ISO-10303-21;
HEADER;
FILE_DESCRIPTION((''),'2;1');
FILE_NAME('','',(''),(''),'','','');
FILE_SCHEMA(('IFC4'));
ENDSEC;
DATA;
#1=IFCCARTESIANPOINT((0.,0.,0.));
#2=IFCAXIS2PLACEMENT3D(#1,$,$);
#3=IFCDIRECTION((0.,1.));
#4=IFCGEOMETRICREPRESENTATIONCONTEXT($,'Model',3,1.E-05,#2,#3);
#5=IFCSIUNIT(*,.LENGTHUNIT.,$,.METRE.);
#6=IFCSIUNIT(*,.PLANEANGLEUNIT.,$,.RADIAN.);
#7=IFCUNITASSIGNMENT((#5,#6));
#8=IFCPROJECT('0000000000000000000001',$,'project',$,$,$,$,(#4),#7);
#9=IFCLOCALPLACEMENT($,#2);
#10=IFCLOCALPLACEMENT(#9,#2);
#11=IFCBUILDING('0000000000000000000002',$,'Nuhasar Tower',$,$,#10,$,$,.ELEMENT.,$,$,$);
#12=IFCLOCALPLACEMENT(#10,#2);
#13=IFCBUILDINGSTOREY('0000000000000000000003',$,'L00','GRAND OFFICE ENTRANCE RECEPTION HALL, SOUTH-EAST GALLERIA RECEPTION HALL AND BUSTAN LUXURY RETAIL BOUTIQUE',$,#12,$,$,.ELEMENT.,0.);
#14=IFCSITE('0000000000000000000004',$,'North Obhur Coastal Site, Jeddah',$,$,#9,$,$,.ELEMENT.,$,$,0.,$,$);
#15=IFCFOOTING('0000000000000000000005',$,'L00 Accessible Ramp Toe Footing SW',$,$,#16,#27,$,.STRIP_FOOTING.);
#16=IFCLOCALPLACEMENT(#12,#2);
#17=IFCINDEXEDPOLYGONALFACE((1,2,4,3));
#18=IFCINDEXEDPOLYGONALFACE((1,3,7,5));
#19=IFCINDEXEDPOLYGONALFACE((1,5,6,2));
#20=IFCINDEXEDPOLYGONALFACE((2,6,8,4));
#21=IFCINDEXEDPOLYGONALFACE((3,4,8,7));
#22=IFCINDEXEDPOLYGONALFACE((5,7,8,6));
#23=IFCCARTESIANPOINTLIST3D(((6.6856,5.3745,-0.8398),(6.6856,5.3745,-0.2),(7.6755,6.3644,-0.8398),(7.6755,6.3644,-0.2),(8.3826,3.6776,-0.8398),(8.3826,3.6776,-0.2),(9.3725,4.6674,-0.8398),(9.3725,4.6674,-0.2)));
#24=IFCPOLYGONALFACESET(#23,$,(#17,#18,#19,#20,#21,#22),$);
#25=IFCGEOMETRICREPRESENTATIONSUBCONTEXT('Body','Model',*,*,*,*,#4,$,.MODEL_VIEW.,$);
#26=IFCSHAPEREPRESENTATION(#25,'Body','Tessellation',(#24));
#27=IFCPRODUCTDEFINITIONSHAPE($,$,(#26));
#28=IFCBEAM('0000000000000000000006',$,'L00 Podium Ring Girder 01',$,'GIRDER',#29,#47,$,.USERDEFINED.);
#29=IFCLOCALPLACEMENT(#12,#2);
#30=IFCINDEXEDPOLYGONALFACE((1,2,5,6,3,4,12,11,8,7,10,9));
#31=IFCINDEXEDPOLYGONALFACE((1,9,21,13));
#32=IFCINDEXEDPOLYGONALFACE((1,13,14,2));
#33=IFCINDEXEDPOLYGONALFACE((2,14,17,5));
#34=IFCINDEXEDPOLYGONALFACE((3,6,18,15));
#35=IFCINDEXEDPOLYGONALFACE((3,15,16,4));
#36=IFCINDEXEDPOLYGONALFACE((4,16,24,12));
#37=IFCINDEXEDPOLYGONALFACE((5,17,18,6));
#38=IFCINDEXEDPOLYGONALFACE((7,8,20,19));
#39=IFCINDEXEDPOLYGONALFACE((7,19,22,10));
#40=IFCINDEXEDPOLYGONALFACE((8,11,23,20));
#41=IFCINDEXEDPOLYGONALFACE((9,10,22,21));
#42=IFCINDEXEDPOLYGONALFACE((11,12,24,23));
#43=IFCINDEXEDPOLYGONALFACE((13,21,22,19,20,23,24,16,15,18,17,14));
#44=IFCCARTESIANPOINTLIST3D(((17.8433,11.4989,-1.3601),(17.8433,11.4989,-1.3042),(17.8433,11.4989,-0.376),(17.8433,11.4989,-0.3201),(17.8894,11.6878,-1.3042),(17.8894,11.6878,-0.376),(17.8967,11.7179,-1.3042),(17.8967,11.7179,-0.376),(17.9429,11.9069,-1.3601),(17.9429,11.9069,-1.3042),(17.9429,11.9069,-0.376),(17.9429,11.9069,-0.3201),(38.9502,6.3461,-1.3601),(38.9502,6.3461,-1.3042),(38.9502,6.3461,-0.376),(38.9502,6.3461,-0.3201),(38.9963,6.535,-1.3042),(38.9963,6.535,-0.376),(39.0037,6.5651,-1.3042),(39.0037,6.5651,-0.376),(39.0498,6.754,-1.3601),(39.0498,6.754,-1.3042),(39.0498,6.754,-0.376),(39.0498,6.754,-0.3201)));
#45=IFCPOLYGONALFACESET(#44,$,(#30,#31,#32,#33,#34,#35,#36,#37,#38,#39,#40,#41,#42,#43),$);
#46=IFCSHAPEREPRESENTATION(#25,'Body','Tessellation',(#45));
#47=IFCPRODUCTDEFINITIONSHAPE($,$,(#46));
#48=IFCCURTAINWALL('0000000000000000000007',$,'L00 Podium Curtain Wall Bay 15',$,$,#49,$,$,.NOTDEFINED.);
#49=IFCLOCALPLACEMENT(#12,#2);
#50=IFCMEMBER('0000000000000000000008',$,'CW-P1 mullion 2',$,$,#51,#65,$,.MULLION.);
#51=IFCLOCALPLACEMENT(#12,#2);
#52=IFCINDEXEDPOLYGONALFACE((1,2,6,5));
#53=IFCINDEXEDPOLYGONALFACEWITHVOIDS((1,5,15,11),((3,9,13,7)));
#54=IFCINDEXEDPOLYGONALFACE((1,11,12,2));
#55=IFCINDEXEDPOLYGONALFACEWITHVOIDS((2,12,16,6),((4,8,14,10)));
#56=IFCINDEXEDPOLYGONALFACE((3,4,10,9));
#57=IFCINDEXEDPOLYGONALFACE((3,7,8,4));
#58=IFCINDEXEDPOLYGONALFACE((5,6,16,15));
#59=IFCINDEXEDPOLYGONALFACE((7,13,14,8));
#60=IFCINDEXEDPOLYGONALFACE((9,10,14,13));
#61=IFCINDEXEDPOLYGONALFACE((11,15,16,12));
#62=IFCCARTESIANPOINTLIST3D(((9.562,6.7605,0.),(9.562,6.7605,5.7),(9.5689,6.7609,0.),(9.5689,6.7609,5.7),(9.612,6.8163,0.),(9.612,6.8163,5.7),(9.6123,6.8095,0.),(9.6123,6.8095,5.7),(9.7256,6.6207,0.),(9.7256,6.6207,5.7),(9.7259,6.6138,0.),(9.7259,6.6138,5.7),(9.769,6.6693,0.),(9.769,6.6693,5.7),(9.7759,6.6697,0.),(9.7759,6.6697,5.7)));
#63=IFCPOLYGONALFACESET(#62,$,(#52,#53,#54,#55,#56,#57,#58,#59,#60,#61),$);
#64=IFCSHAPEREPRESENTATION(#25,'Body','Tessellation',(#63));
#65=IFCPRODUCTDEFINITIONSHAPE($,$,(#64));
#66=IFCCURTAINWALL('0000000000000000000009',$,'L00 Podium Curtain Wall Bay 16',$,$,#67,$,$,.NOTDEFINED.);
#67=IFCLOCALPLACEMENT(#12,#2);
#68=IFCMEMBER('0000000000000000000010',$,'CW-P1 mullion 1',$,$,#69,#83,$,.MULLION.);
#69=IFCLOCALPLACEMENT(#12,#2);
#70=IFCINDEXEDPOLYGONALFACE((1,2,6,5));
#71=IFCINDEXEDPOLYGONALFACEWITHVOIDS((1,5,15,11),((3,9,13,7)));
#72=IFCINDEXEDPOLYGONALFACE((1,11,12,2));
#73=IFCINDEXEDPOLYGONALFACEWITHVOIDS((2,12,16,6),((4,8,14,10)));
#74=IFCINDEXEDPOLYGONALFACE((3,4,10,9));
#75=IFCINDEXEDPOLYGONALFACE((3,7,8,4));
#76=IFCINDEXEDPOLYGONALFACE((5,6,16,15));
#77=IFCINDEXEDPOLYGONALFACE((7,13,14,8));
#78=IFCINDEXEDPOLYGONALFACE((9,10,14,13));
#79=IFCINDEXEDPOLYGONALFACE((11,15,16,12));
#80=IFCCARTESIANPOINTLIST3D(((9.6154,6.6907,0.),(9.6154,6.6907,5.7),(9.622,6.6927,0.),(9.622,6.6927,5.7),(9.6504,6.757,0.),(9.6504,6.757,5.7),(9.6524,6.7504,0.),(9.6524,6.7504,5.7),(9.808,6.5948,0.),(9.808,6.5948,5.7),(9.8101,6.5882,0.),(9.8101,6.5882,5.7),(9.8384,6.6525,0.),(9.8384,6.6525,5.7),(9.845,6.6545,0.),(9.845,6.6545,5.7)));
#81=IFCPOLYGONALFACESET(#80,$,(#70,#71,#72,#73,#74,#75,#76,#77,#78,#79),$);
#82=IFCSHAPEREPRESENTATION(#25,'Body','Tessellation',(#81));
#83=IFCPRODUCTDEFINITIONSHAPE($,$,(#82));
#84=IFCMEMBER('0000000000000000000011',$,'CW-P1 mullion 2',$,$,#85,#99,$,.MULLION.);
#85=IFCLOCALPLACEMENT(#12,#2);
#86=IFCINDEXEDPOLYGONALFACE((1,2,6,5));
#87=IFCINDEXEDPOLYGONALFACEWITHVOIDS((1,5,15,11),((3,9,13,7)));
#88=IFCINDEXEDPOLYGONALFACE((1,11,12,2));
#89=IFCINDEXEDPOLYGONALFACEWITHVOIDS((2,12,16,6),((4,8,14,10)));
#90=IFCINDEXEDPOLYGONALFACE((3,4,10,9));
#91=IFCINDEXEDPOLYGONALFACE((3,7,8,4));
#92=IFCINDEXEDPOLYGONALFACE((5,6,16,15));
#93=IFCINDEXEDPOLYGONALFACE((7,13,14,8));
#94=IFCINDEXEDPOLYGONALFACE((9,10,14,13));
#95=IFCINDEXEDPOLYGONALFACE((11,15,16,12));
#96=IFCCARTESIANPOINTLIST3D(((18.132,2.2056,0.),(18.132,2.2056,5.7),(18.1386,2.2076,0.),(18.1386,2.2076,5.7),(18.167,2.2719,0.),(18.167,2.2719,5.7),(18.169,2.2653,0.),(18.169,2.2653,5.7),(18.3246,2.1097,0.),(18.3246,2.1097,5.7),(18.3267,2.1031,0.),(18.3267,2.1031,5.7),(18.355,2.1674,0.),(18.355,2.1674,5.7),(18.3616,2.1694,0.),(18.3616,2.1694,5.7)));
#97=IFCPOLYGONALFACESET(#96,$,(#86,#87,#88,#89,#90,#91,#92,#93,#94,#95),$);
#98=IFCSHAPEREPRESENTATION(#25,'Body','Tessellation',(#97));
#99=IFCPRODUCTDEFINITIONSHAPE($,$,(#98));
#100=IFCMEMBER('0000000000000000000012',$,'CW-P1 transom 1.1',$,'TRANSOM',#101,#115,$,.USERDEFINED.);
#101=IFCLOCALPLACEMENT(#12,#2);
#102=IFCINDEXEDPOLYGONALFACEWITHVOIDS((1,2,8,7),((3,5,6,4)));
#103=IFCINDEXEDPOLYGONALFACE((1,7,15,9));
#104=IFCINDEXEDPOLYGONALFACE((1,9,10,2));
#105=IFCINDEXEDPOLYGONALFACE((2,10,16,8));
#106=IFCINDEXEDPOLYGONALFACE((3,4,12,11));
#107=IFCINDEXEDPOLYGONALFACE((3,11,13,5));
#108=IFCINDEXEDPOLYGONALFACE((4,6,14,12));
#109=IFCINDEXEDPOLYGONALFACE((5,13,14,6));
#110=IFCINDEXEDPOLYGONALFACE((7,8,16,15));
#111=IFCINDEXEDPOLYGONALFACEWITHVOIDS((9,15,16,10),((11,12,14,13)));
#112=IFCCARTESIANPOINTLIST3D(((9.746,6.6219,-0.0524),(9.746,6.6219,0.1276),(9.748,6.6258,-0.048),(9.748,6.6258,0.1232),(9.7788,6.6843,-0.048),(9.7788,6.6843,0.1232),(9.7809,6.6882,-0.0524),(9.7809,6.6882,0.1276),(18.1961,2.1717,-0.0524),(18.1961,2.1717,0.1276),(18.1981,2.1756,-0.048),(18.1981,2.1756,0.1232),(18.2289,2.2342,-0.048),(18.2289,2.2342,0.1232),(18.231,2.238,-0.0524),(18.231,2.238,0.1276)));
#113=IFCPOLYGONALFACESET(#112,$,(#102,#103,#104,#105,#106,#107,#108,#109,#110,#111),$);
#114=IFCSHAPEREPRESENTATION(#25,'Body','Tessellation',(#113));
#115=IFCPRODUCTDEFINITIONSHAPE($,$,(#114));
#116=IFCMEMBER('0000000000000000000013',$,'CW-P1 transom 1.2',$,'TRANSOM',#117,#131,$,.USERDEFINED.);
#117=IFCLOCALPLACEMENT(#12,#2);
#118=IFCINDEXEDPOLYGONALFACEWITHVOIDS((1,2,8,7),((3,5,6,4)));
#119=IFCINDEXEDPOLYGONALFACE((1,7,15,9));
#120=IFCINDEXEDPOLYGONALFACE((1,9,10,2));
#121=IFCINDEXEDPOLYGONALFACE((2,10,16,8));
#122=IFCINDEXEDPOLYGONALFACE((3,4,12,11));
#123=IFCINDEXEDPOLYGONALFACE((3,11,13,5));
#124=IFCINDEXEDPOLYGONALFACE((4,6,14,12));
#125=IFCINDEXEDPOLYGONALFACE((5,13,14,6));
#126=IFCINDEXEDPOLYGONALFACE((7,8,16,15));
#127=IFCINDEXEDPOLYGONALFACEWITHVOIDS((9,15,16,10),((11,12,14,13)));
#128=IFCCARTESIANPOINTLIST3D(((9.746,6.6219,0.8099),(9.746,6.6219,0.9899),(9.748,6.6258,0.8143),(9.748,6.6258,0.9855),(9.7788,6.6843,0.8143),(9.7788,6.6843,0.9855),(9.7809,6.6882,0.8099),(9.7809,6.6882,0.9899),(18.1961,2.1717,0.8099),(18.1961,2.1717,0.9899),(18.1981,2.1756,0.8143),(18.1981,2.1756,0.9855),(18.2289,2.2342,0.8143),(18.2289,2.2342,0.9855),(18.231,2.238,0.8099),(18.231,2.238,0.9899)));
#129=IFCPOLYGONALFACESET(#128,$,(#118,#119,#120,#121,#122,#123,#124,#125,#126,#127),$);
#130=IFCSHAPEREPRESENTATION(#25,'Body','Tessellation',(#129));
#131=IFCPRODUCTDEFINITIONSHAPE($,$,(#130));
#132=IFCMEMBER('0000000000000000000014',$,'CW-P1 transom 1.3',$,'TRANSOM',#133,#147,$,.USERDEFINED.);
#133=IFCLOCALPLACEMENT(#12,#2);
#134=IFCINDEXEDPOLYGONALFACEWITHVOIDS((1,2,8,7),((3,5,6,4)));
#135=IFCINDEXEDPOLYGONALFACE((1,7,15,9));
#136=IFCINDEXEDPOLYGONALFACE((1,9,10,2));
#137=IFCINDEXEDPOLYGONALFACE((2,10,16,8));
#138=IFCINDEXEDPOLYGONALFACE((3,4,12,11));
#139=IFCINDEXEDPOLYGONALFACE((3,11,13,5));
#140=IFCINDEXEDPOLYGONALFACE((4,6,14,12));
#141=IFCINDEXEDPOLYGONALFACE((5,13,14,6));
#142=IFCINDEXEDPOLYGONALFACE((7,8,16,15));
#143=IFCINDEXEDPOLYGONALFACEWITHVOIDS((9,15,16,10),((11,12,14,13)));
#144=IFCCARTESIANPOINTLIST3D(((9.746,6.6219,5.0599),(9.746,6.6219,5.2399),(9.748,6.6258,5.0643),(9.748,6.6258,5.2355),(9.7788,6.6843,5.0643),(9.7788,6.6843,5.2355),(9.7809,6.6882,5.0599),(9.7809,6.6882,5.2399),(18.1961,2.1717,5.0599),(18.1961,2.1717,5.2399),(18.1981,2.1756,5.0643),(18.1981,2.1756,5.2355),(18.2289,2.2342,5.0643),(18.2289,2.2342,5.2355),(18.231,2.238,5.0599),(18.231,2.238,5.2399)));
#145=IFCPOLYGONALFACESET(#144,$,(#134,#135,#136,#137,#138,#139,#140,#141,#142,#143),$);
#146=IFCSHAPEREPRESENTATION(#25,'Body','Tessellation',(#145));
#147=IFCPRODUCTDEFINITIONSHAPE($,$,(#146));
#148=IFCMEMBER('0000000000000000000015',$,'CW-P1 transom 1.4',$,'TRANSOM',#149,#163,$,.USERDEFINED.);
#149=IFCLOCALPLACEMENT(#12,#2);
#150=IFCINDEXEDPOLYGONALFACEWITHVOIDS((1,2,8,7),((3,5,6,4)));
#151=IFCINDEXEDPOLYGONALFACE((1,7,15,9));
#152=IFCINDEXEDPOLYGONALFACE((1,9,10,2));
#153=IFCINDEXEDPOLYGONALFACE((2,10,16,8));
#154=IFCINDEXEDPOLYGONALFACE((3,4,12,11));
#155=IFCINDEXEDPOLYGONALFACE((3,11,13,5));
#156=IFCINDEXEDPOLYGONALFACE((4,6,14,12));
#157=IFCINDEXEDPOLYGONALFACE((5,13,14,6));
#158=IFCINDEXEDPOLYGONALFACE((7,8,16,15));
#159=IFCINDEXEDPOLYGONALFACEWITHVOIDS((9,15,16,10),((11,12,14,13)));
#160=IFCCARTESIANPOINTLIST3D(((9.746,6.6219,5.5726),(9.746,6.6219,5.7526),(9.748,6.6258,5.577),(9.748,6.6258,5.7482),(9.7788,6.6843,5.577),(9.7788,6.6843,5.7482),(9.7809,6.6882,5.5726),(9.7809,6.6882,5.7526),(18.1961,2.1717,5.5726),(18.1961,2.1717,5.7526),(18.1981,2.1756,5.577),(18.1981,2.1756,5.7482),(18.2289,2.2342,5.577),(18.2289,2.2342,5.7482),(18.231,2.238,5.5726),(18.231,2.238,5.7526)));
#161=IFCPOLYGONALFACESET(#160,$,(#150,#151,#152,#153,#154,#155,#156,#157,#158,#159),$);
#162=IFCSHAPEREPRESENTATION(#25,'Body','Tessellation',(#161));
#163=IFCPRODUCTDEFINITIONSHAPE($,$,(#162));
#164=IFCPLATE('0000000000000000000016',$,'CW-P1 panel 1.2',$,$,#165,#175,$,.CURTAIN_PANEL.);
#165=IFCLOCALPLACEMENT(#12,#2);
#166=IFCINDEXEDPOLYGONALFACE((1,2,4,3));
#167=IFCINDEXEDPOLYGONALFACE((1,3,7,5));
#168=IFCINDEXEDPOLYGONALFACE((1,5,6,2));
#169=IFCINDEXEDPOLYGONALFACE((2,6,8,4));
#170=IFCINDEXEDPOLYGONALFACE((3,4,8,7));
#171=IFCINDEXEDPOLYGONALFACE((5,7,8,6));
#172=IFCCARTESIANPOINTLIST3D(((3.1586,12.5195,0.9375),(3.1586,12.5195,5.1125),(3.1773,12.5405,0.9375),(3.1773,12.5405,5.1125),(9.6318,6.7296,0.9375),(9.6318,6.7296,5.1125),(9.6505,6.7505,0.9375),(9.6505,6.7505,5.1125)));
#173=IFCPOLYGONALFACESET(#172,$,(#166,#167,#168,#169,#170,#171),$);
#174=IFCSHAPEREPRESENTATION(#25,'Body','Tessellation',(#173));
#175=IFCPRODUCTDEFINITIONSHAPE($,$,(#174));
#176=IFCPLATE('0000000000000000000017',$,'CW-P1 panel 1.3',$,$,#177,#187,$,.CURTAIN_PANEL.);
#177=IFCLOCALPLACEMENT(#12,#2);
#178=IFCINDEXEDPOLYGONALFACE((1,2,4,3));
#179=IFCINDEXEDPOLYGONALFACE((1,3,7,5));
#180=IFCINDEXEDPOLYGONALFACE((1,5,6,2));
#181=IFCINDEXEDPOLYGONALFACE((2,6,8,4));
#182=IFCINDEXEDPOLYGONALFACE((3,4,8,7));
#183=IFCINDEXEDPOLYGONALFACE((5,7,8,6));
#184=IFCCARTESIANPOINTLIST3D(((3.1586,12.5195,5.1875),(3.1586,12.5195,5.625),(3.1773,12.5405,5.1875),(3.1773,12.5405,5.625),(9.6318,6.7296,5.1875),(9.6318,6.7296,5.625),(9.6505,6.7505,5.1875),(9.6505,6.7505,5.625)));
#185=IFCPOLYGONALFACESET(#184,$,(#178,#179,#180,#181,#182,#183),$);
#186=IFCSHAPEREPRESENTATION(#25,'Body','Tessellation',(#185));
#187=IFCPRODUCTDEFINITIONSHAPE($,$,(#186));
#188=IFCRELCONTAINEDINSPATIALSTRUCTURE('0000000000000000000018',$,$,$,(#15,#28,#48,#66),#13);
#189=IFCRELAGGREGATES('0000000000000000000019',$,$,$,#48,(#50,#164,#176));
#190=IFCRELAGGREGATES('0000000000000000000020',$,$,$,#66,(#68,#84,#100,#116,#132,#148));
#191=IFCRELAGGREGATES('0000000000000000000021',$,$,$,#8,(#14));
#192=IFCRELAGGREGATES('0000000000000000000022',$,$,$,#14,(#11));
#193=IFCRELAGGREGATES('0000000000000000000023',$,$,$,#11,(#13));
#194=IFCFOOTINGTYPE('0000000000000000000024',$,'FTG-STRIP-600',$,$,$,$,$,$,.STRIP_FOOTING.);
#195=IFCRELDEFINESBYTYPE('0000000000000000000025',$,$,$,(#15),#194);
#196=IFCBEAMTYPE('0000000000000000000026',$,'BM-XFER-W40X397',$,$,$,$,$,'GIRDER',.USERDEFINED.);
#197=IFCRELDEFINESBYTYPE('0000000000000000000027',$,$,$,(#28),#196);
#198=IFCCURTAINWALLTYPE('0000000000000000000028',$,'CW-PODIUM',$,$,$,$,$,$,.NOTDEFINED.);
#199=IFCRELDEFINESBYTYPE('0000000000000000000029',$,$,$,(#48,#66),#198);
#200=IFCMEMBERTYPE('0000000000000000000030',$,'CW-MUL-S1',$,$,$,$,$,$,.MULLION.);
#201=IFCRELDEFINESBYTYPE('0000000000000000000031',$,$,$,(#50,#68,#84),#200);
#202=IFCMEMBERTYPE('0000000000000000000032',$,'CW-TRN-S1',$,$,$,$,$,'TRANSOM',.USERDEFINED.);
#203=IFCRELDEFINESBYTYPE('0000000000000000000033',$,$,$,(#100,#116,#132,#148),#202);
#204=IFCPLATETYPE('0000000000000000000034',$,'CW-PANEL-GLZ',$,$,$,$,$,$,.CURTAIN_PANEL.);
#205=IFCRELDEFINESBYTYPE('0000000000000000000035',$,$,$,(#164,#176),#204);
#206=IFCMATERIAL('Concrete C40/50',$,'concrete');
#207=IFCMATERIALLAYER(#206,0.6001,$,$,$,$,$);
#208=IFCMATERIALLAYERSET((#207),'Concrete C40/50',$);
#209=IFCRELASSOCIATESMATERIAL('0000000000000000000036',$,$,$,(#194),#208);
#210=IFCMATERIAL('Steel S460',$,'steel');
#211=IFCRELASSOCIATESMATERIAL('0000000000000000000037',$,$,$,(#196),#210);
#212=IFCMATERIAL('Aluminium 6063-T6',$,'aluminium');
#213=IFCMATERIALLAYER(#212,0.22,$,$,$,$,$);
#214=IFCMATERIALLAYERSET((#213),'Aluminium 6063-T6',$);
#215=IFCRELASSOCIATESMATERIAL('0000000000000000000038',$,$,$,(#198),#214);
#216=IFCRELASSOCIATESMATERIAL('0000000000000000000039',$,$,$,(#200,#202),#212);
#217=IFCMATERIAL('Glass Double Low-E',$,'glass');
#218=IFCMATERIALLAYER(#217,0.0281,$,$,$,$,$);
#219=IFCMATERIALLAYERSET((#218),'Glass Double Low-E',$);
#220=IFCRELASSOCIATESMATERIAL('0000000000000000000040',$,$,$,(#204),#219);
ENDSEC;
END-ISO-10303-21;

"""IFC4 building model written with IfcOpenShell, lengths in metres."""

from ifc_helpers import new_model, si_unit, direction, frame, origin, origin_2d, place, context, subcontext, project, spatial, rectangle, hollow_rectangle, i_section, extrude, material, layer, layer_set, material_profile, profile_set, type_object, element, aggregate, save


model = new_model("IFC4")

# Units and contexts
model_context = context("Model", 3, precision=1e-05, world=origin(), true_north=direction((0.0, 1.0)))
body_context = subcontext(model_context, "Body", "Model", "MODEL_VIEW")
ifc_project = project(units=[si_unit("LENGTHUNIT", "METRE"), si_unit("PLANEANGLEUNIT", "RADIAN")], contexts=[model_context])

# Site, building, storey
site_placement = place(None, origin())
site = spatial("IfcSite", under=ifc_project, at=site_placement, Name="North Obhur Coastal Site, Jeddah", CompositionType="ELEMENT", RefElevation=0.0)
building_placement = place(site_placement, origin())
building = spatial("IfcBuilding", under=site, at=building_placement, Name="Nuhasar Tower", CompositionType="ELEMENT")
storey_placement = place(building_placement, origin())
storey = spatial("IfcBuildingStorey", under=building, at=storey_placement, Name="L00", Description="GRAND OFFICE ENTRANCE RECEPTION HALL, SOUTH-EAST GALLERIA RECEPTION HALL AND BUSTAN LUXURY RETAIL BOUTIQUE", CompositionType="ELEMENT", Elevation=0.0)

# Footing
ifc_material_1 = material(Name="Concrete C40/50", Category="concrete")
ifc_layer_1 = layer(ifc_material_1, 0.6001)
ifc_layer_set_1 = layer_set([ifc_layer_1], Name="Concrete C40/50")
footing_type = type_object("IfcFootingType", Name="FTG-STRIP-600", PredefinedType="STRIP_FOOTING", material=ifc_layer_set_1)
footing_placement = place(storey_placement, frame((8.0291, 5.021, -0.8398), z_axis=(0.0, 0.0, 1.0), x_axis=(-0.707107, -0.707107, 0.0)))
element("IfcFooting", 1, at=footing_placement, inside=storey, type_object=footing_type, Name="L00 Accessible Ramp Toe Footing SW", PredefinedType="STRIP_FOOTING", context=body_context, shape_type="SweptSolid", body=[
    extrude(rectangle(XDim=1.3999, YDim=2.3999, at=origin_2d()), origin(), (0.0, 0.0, 1.0), 0.6399),
])

# Beam
ifc_material_2 = material(Name="Steel S460", Category="steel")
ifc_material_profile_1 = material_profile(ifc_material_2, i_section(OverallWidth=0.4199, OverallDepth=1.04, WebThickness=0.031, FlangeThickness=0.0559, at=origin_2d()), Name="W40X397")
ifc_profile_set_1 = profile_set([ifc_material_profile_1], Name="Steel S460")
beam_type = type_object("IfcBeamType", Name="BM-XFER-W40X397", ElementType="GIRDER", PredefinedType="USERDEFINED", material=ifc_profile_set_1)
beam_placement = place(storey_placement, frame((17.8931, 11.7029, -0.8401), z_axis=(0.971469, -0.237165, 0.0), x_axis=(0.237165, 0.971469, 0.0)))
element("IfcBeam", 2, at=beam_placement, inside=storey, type_object=beam_type, Name="L00 Podium Ring Girder 01", ObjectType="GIRDER", PredefinedType="USERDEFINED", context=body_context, shape_type="SweptSolid", body=[
    extrude(i_section(OverallWidth=0.4199, OverallDepth=1.04, WebThickness=0.031, FlangeThickness=0.0559, at=origin_2d()), origin(), (0.0, 0.0, 1.0), 21.7268),
])

# Curtain wall, member
ifc_material_3 = material(Name="Aluminium 6063-T6", Category="aluminium")
ifc_layer_2 = layer(ifc_material_3, 0.22)
ifc_layer_set_2 = layer_set([ifc_layer_2], Name="Aluminium 6063-T6")
curtain_wall_type = type_object("IfcCurtainWallType", Name="CW-PODIUM", PredefinedType="NOTDEFINED", material=ifc_layer_set_2)
curtain_wall_1_placement = place(storey_placement, origin())
curtain_wall_1 = element("IfcCurtainWall", 3, at=curtain_wall_1_placement, inside=storey, type_object=curtain_wall_type, Name="L00 Podium Curtain Wall Bay 15", PredefinedType="NOTDEFINED")
ifc_material_profile_2 = material_profile(ifc_material_3, hollow_rectangle(XDim=0.075, YDim=0.22, WallThickness=0.0049, at=origin_2d()), Name="CWM-1")
ifc_profile_set_2 = profile_set([ifc_material_profile_2], Name="Aluminium 6063-T6")
member_type_1 = type_object("IfcMemberType", Name="CW-MUL-S1", PredefinedType="MULLION", material=ifc_profile_set_2)
member_1_placement = place(storey_placement, frame((9.6689, 6.7151, 0.0), z_axis=(0.0, 0.0, 1.0), x_axis=(0.666679, 0.745345, 0.0)))
member_1 = element("IfcMember", 4, at=member_1_placement, type_object=member_type_1, Name="CW-P1 mullion 2", PredefinedType="MULLION", context=body_context, shape_type="SweptSolid", body=[
    extrude(hollow_rectangle(XDim=0.075, YDim=0.22, WallThickness=0.0049, at=origin_2d()), origin(), (0.0, 0.0, 1.0), 5.7),
])

# Curtain wall, members
curtain_wall_2_placement = place(storey_placement, origin())
curtain_wall_2 = element("IfcCurtainWall", 5, at=curtain_wall_2_placement, inside=storey, type_object=curtain_wall_type, Name="L00 Podium Curtain Wall Bay 16", PredefinedType="NOTDEFINED")
member_2_placement = place(storey_placement, frame((9.7302, 6.6726, 0.0), z_axis=(0.0, 0.0, 1.0), x_axis=(0.465959, 0.884806, 0.0)))
member_2 = element("IfcMember", 6, at=member_2_placement, type_object=member_type_1, Name="CW-P1 mullion 1", PredefinedType="MULLION", context=body_context, shape_type="SweptSolid", body=[
    extrude(hollow_rectangle(XDim=0.075, YDim=0.22, WallThickness=0.0049, at=origin_2d()), origin(), (0.0, 0.0, 1.0), 5.7),
])
member_3_placement = place(storey_placement, frame((18.2468, 2.1875, 0.0), z_axis=(0.0, 0.0, 1.0), x_axis=(0.465959, 0.884806, 0.0)))
member_3 = element("IfcMember", 7, at=member_3_placement, type_object=member_type_1, Name="CW-P1 mullion 2", PredefinedType="MULLION", context=body_context, shape_type="SweptSolid", body=[
    extrude(hollow_rectangle(XDim=0.075, YDim=0.22, WallThickness=0.0049, at=origin_2d()), origin(), (0.0, 0.0, 1.0), 5.7),
])
ifc_material_profile_3 = material_profile(ifc_material_3, hollow_rectangle(XDim=0.075, YDim=0.1799, WallThickness=0.0044, at=origin_2d()), Name="CWT-1")
ifc_profile_set_3 = profile_set([ifc_material_profile_3], Name="Aluminium 6063-T6")
member_type_2 = type_object("IfcMemberType", Name="CW-TRN-S1", ElementType="TRANSOM", PredefinedType="USERDEFINED", material=ifc_profile_set_3)
member_4_placement = place(storey_placement, frame((9.7634, 6.655, 0.0376), z_axis=(0.884801, -0.46597, 0.0), x_axis=(0.46597, 0.884801, 0.0)))
member_4 = element("IfcMember", 8, at=member_4_placement, type_object=member_type_2, Name="CW-P1 transom 1.1", ObjectType="TRANSOM", PredefinedType="USERDEFINED", context=body_context, shape_type="SweptSolid", body=[
    extrude(hollow_rectangle(XDim=0.075, YDim=0.1799, WallThickness=0.0044, at=origin_2d()), origin(), (0.0, 0.0, 1.0), 9.5503),
])
member_5_placement = place(storey_placement, frame((9.7634, 6.655, 0.8999), z_axis=(0.884801, -0.46597, 0.0), x_axis=(0.46597, 0.884801, 0.0)))
member_5 = element("IfcMember", 9, at=member_5_placement, type_object=member_type_2, Name="CW-P1 transom 1.2", ObjectType="TRANSOM", PredefinedType="USERDEFINED", context=body_context, shape_type="SweptSolid", body=[
    extrude(hollow_rectangle(XDim=0.075, YDim=0.1799, WallThickness=0.0044, at=origin_2d()), origin(), (0.0, 0.0, 1.0), 9.5503),
])
member_6_placement = place(storey_placement, frame((9.7634, 6.655, 5.1499), z_axis=(0.884801, -0.46597, 0.0), x_axis=(0.46597, 0.884801, 0.0)))
member_6 = element("IfcMember", 10, at=member_6_placement, type_object=member_type_2, Name="CW-P1 transom 1.3", ObjectType="TRANSOM", PredefinedType="USERDEFINED", context=body_context, shape_type="SweptSolid", body=[
    extrude(hollow_rectangle(XDim=0.075, YDim=0.1799, WallThickness=0.0044, at=origin_2d()), origin(), (0.0, 0.0, 1.0), 9.5503),
])
member_7_placement = place(storey_placement, frame((9.7634, 6.655, 5.6626), z_axis=(0.884801, -0.46597, 0.0), x_axis=(0.46597, 0.884801, 0.0)))
member_7 = element("IfcMember", 11, at=member_7_placement, type_object=member_type_2, Name="CW-P1 transom 1.4", ObjectType="TRANSOM", PredefinedType="USERDEFINED", context=body_context, shape_type="SweptSolid", body=[
    extrude(hollow_rectangle(XDim=0.075, YDim=0.1799, WallThickness=0.0044, at=origin_2d()), origin(), (0.0, 0.0, 1.0), 9.5503),
])

# Plates
ifc_material_4 = material(Name="Glass Double Low-E", Category="glass")
ifc_layer_3 = layer(ifc_material_4, 0.0281)
ifc_layer_set_3 = layer_set([ifc_layer_3], Name="Glass Double Low-E")
plate_type_1 = type_object("IfcPlateType", Name="CW-PANEL-GLZ", PredefinedType="CURTAIN_PANEL", material=ifc_layer_set_3)
plate_1_placement = place(storey_placement, frame((6.4045, 9.635, 0.9375), z_axis=(0.0, 0.0, 1.0), x_axis=(0.745345, -0.666679, 0.0)))
plate_1 = element("IfcPlate", 12, at=plate_1_placement, type_object=plate_type_1, Name="CW-P1 panel 1.2", PredefinedType="CURTAIN_PANEL", context=body_context, shape_type="SweptSolid", body=[
    extrude(rectangle(XDim=8.6848, YDim=0.0281, at=origin_2d()), origin(), (0.0, 0.0, 1.0), 4.175),
])
plate_2_placement = place(storey_placement, frame((6.4045, 9.635, 5.1875), z_axis=(0.0, 0.0, 1.0), x_axis=(0.745345, -0.666679, 0.0)))
plate_2 = element("IfcPlate", 13, at=plate_2_placement, type_object=plate_type_1, Name="CW-P1 panel 1.3", PredefinedType="CURTAIN_PANEL", context=body_context, shape_type="SweptSolid", body=[
    extrude(rectangle(XDim=8.6848, YDim=0.0281, at=origin_2d()), origin(), (0.0, 0.0, 1.0), 0.4375),
])
aggregate(curtain_wall_1, [member_1, plate_1, plate_2])
aggregate(curtain_wall_2, [member_2, member_3, member_4, member_5, member_6, member_7])

save(model, "model.ifc")
